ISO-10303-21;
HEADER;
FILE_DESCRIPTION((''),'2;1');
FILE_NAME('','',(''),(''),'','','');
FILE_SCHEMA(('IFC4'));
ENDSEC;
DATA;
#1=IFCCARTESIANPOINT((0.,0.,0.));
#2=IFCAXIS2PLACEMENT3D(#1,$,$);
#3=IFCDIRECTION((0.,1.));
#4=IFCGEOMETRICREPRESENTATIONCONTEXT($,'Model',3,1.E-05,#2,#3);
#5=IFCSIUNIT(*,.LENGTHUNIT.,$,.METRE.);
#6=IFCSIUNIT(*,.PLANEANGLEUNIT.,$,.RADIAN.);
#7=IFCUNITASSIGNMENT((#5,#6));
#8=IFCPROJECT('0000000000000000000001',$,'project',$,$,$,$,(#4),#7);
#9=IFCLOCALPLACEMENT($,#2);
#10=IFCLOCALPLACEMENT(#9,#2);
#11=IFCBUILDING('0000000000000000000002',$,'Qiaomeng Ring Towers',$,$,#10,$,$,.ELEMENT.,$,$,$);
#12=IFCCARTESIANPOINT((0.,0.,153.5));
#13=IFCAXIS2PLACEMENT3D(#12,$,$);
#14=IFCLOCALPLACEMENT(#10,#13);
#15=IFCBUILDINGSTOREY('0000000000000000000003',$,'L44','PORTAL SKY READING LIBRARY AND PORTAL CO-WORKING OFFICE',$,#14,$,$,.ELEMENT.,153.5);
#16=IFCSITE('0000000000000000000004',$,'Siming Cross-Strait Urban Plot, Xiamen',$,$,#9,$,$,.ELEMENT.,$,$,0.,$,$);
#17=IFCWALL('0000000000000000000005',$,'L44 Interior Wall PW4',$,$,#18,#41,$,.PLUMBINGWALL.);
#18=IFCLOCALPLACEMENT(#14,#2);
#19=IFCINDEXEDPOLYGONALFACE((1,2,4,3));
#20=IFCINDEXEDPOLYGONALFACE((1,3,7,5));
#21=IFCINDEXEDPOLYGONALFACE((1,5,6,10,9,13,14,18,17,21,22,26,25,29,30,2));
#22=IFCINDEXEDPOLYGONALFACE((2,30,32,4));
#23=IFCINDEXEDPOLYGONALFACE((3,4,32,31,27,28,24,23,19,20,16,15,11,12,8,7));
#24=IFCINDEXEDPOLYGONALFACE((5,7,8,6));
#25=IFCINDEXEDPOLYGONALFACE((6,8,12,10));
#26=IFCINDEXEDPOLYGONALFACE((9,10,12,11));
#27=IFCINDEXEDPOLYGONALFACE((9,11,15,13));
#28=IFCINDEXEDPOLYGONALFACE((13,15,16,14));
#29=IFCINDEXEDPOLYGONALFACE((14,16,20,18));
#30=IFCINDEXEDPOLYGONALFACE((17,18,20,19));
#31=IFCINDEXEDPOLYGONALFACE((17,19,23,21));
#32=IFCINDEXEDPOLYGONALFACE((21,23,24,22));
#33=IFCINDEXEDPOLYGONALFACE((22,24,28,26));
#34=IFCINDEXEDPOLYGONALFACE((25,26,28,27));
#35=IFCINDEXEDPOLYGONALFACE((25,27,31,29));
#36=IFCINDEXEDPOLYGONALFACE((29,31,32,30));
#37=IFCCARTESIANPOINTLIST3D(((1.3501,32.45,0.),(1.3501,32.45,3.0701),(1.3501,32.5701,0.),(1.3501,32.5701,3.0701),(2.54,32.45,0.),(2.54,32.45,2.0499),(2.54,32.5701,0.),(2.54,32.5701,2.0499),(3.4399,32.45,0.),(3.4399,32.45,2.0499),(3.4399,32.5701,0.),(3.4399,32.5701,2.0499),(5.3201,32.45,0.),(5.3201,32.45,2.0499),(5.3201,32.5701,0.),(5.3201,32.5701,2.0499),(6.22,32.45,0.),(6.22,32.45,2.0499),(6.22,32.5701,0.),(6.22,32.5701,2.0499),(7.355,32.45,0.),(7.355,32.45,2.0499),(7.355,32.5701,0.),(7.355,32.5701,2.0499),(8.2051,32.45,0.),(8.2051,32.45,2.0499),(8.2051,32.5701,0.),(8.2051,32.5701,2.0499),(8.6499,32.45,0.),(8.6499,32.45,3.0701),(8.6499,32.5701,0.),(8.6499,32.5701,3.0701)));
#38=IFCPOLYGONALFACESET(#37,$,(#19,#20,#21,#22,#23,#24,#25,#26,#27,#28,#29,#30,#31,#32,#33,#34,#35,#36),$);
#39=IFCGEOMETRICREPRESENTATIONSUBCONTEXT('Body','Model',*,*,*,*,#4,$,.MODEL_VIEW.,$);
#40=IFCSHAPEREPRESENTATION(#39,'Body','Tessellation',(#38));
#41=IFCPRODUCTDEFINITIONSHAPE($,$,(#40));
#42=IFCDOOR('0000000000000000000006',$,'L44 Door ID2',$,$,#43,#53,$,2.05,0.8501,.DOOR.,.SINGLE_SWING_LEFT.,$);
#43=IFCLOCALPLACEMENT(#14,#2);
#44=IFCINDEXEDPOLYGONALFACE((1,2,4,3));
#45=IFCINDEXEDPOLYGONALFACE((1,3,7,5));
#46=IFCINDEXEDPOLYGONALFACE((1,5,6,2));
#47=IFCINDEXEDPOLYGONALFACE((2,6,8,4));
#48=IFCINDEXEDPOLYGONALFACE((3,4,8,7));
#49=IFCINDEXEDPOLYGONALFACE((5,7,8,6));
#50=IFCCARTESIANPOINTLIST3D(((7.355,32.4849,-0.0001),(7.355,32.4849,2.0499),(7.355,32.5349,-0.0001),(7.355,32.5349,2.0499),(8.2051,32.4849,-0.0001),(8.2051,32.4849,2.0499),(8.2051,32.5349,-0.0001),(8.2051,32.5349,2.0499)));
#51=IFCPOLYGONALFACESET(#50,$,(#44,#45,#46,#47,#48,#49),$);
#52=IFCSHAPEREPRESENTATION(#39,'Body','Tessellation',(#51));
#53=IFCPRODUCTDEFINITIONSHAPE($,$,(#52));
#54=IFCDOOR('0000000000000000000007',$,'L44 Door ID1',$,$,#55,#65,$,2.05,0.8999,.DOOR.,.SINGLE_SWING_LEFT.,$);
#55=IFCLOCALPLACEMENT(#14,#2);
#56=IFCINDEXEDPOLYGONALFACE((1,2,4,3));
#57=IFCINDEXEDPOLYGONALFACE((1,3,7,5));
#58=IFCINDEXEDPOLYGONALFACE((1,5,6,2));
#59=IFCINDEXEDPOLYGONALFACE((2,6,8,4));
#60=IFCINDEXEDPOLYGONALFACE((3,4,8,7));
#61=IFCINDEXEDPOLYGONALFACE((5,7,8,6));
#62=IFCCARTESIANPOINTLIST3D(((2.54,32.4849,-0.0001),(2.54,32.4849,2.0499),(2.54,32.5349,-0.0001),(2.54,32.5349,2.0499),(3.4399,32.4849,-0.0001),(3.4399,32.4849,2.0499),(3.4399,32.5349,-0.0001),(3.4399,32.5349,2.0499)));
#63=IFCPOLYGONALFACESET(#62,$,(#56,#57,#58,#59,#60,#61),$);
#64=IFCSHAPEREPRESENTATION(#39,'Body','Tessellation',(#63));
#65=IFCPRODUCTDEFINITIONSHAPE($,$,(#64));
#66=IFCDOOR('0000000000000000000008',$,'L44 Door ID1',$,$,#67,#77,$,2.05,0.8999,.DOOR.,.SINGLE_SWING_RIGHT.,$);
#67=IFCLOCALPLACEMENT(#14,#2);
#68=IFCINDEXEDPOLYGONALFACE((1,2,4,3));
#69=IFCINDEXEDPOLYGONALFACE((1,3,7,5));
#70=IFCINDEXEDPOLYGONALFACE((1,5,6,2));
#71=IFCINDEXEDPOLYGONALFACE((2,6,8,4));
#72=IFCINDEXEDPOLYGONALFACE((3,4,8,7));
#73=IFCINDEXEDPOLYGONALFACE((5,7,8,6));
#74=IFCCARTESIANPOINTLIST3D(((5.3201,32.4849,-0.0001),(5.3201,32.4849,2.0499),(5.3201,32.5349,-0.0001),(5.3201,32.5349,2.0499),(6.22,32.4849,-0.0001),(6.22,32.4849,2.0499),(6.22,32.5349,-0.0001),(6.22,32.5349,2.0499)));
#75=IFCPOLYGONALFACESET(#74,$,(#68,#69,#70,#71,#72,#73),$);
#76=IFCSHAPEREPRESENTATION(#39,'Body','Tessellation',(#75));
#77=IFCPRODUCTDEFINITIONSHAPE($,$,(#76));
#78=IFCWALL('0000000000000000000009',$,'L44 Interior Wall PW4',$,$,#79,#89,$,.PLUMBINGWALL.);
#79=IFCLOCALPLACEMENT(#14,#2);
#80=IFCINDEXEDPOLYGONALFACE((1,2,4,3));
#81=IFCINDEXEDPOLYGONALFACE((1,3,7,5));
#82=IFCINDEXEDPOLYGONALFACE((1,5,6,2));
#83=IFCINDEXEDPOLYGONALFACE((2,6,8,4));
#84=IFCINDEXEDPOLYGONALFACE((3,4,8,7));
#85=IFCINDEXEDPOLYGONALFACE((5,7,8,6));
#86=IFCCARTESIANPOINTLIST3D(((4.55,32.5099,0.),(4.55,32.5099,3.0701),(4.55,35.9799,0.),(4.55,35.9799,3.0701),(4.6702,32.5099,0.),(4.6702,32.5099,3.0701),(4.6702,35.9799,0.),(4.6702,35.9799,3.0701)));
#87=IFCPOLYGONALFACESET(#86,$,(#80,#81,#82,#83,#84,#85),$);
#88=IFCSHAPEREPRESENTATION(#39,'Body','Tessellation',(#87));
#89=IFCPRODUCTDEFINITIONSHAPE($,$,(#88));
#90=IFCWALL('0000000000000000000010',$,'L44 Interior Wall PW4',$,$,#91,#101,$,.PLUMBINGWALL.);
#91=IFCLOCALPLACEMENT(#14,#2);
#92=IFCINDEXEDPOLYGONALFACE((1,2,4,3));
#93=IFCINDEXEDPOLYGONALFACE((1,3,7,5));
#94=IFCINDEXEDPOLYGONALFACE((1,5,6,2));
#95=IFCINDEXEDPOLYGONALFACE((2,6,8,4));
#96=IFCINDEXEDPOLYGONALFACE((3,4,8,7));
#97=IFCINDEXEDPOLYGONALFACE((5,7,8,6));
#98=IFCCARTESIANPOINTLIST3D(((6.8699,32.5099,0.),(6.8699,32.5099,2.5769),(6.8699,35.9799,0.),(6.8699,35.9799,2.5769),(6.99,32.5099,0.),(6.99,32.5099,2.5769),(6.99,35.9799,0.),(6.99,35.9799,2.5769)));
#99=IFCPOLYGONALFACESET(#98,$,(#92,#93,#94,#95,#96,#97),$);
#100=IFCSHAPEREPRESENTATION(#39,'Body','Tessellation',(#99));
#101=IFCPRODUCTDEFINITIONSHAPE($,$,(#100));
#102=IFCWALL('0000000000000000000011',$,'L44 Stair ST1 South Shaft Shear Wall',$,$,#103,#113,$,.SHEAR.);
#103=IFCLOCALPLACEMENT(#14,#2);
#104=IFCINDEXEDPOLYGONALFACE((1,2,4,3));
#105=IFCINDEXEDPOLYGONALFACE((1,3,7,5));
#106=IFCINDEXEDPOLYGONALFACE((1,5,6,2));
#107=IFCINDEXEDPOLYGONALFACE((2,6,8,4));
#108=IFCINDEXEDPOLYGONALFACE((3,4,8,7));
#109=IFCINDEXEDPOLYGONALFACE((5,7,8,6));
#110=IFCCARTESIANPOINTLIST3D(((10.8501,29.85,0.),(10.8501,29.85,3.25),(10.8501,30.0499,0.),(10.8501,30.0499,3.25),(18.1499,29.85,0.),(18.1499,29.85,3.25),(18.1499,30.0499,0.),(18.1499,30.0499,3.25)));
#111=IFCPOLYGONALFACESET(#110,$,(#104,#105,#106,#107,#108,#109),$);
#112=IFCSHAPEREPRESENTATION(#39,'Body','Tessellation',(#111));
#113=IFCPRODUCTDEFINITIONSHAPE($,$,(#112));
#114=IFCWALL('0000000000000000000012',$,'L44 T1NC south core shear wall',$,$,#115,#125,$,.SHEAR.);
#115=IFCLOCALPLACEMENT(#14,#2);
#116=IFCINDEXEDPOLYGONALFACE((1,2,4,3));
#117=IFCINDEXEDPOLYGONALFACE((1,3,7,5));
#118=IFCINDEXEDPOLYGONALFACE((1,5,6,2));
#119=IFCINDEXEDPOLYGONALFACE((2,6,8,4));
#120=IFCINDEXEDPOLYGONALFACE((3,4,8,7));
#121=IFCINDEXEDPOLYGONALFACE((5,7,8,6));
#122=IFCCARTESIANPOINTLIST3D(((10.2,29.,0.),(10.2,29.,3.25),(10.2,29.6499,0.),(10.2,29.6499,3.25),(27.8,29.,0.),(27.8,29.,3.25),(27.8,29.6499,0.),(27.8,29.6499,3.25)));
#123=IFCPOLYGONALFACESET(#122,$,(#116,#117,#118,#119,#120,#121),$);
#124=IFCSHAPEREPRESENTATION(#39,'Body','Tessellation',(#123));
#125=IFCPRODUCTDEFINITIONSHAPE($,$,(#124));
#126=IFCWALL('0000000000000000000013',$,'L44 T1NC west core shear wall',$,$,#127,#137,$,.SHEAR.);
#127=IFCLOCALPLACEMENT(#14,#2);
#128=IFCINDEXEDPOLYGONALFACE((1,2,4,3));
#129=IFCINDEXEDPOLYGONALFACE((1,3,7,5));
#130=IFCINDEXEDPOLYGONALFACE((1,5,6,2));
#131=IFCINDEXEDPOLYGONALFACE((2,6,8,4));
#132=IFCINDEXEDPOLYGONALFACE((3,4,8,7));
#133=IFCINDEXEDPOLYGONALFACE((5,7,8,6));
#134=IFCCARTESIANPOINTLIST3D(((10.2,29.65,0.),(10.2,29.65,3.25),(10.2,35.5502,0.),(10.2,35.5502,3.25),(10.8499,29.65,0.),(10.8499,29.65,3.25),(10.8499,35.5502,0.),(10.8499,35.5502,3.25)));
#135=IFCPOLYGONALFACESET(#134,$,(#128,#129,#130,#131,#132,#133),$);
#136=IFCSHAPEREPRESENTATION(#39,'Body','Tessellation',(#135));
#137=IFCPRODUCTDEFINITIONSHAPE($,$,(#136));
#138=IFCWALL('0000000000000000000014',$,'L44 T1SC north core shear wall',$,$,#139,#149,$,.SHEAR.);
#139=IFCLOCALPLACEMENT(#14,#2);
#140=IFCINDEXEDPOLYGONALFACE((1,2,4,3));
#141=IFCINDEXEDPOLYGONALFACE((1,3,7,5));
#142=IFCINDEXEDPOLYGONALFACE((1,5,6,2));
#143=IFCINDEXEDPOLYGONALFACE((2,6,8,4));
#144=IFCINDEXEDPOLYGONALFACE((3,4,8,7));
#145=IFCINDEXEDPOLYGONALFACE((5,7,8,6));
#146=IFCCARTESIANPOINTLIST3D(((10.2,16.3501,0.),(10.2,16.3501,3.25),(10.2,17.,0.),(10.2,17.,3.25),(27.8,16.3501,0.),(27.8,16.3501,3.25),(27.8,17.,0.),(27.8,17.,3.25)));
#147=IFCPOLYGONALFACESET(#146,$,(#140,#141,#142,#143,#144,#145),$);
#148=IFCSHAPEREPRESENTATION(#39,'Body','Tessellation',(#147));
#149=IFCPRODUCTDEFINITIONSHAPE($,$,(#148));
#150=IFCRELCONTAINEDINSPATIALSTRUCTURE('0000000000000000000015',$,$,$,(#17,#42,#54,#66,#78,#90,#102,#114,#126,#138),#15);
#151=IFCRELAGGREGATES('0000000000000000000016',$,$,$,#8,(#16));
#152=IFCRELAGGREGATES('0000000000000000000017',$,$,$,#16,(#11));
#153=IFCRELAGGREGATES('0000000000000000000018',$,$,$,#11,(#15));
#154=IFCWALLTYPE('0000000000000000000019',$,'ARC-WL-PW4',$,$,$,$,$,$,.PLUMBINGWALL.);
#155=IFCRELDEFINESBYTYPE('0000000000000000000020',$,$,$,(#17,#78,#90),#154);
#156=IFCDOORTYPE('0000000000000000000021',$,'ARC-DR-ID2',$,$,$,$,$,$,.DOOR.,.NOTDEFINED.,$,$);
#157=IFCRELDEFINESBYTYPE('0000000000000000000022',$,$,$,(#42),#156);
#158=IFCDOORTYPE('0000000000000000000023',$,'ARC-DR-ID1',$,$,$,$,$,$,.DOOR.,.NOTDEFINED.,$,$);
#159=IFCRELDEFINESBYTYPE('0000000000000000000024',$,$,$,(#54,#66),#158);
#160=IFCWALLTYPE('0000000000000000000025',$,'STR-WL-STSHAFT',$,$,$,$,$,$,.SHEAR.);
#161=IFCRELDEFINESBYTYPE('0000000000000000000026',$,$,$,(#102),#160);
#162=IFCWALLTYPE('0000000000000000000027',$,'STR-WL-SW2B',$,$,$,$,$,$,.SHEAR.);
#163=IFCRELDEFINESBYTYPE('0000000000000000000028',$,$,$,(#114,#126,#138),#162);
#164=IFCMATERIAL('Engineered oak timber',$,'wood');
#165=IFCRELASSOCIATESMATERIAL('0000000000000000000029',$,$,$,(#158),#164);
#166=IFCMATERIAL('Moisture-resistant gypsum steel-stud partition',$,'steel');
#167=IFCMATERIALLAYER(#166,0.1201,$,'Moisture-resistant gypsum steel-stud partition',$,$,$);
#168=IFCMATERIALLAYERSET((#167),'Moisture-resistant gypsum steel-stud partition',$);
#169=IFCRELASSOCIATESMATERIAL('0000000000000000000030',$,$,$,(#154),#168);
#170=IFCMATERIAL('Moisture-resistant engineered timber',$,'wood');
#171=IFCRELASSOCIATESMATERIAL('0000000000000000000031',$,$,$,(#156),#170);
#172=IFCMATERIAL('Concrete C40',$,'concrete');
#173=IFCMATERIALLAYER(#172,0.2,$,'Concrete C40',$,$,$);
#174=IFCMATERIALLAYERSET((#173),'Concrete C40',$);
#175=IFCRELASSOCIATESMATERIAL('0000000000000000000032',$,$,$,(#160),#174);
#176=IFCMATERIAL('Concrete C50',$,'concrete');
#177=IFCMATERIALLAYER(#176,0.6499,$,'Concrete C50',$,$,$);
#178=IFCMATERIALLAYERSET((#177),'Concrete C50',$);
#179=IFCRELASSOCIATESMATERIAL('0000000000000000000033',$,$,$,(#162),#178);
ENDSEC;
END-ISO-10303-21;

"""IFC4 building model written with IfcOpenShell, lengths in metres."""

from ifc_helpers import new_model, si_unit, direction, frame, frame_2d, origin, place, context, subcontext, project, spatial, rectangle, extrude, source, transform, mapped, material, layer, layer_set, type_object, element, fill, save


model = new_model("IFC4")

# Units and contexts
model_context = context("Model", 3, precision=1e-05, world=origin(), true_north=direction((0.0, 1.0)))
body_context = subcontext(model_context, "Body", "Model", "MODEL_VIEW")
ifc_project = project(units=[si_unit("LENGTHUNIT", "METRE"), si_unit("PLANEANGLEUNIT", "RADIAN")], contexts=[model_context])

# Site, building, storey
site_placement = place(None, origin())
site = spatial("IfcSite", under=ifc_project, at=site_placement, Name="Siming Cross-Strait Urban Plot, Xiamen", CompositionType="ELEMENT", RefElevation=0.0)
building_placement = place(site_placement, origin())
building = spatial("IfcBuilding", under=site, at=building_placement, Name="Qiaomeng Ring Towers", CompositionType="ELEMENT")
storey_placement = place(building_placement, frame((0.0, 0.0, 153.5)))
storey = spatial("IfcBuildingStorey", under=building, at=storey_placement, Name="L44", Description="PORTAL SKY READING LIBRARY AND PORTAL CO-WORKING OFFICE", CompositionType="ELEMENT", Elevation=153.5)

# Wall, openings, doors
ifc_material_1 = material(Name="Engineered oak timber", Category="wood")
door_type_1 = type_object("IfcDoorType", Name="ARC-DR-ID1", OperationType="NOTDEFINED", PredefinedType="DOOR", material=ifc_material_1)
shared_shape_1 = source(origin(), body_context, "Body", "SweptSolid", [
    extrude(rectangle(XDim=0.8999, YDim=2.05, at=frame_2d((0.45, 1.0249))), frame((0.0, 0.0249, 0.0), z_axis=(0.0, -1.0, 0.0), x_axis=(1.0, 0.0, 0.0)), (0.0, 0.0, 1.0), 0.05),
])
ifc_material_2 = material(Name="Moisture-resistant gypsum steel-stud partition", Category="steel")
ifc_layer_1 = layer(ifc_material_2, 0.1201, Name="Moisture-resistant gypsum steel-stud partition")
ifc_layer_set_1 = layer_set([ifc_layer_1], Name="Moisture-resistant gypsum steel-stud partition")
wall_type_1 = type_object("IfcWallType", Name="ARC-WL-PW4", PredefinedType="PLUMBINGWALL", material=ifc_layer_set_1)
wall_1_placement = place(storey_placement, frame((1.3501, 32.51, 0.0), z_axis=(0.0, 0.0, 1.0), x_axis=(1.0, 0.0, 0.0)))
wall_1 = element("IfcWall", 1, at=wall_1_placement, inside=storey, type_object=wall_type_1, Name="L44 Interior Wall PW4", PredefinedType="PLUMBINGWALL", context=body_context, shape_type="SweptSolid", body=[
    extrude(rectangle(XDim=7.2998, YDim=0.1201, at=frame_2d((3.6499, 0.0))), origin(), (0.0, 0.0, 1.0), 3.0701),
])
opening_1_placement = place(wall_1_placement, frame((1.1899, 0.0, 0.0)))
opening_1 = element("IfcOpeningElement", 2, at=opening_1_placement, cuts=wall_1, PredefinedType="OPENING", context=body_context, shape_type="SweptSolid", body=[
    extrude(rectangle(XDim=0.8999, YDim=2.05, at=frame_2d((0.45, 1.0249))), frame((0.0, 0.0701, 0.0), z_axis=(0.0, -1.0, 0.0), x_axis=(1.0, 0.0, 0.0)), (0.0, 0.0, 1.0), 0.1401),
])
opening_2_placement = place(wall_1_placement, frame((3.97, 0.0, 0.0)))
opening_2 = element("IfcOpeningElement", 3, at=opening_2_placement, cuts=wall_1, PredefinedType="OPENING", context=body_context, shape_type="SweptSolid", body=[
    extrude(rectangle(XDim=0.8999, YDim=2.05, at=frame_2d((0.45, 1.0249))), frame((0.0, 0.0701, 0.0), z_axis=(0.0, -1.0, 0.0), x_axis=(1.0, 0.0, 0.0)), (0.0, 0.0, 1.0), 0.1401),
])
opening_3_placement = place(wall_1_placement, frame((6.0049, 0.0, 0.0)))
opening_3 = element("IfcOpeningElement", 4, at=opening_3_placement, cuts=wall_1, PredefinedType="OPENING", context=body_context, shape_type="SweptSolid", body=[
    extrude(rectangle(XDim=0.8501, YDim=2.05, at=frame_2d((0.425, 1.0249))), frame((0.0, 0.0701, 0.0), z_axis=(0.0, -1.0, 0.0), x_axis=(1.0, 0.0, 0.0)), (0.0, 0.0, 1.0), 0.1401),
])
ifc_material_3 = material(Name="Moisture-resistant engineered timber", Category="wood")
door_type_2 = type_object("IfcDoorType", Name="ARC-DR-ID2", OperationType="NOTDEFINED", PredefinedType="DOOR", material=ifc_material_3)
shared_shape_2 = source(origin(), body_context, "Body", "SweptSolid", [
    extrude(rectangle(XDim=0.8501, YDim=2.05, at=frame_2d((0.425, 1.0249))), frame((0.0, 0.0249, 0.0), z_axis=(0.0, -1.0, 0.0), x_axis=(1.0, 0.0, 0.0)), (0.0, 0.0, 1.0), 0.05),
])
door_1_placement = place(opening_3_placement, origin())
door_1 = element("IfcDoor", 5, at=door_1_placement, inside=storey, type_object=door_type_2, Name="L44 Door ID2", OperationType="SINGLE_SWING_LEFT", OverallHeight=2.05, OverallWidth=0.8501, PredefinedType="DOOR", context=body_context, shape_type="MappedRepresentation", body=[
    mapped(shared_shape_2, transform((0.0, 0.0, 0.0), x_axis=(1.0, 0.0, 0.0), y_axis=(0.0, 1.0, 0.0), z_axis=(0.0, 0.0, 1.0), scale=1.0)),
])
fill(opening_3, door_1)
door_2_placement = place(opening_1_placement, origin())
door_2 = element("IfcDoor", 6, at=door_2_placement, inside=storey, type_object=door_type_1, Name="L44 Door ID1", OperationType="SINGLE_SWING_LEFT", OverallHeight=2.05, OverallWidth=0.8999, PredefinedType="DOOR", context=body_context, shape_type="MappedRepresentation", body=[
    mapped(shared_shape_1, transform((0.0, 0.0, 0.0), x_axis=(1.0, 0.0, 0.0), y_axis=(0.0, 1.0, 0.0), z_axis=(0.0, 0.0, 1.0), scale=1.0)),
])
fill(opening_1, door_2)
door_3_placement = place(opening_2_placement, origin())
door_3 = element("IfcDoor", 7, at=door_3_placement, inside=storey, type_object=door_type_1, Name="L44 Door ID1", OperationType="SINGLE_SWING_RIGHT", OverallHeight=2.05, OverallWidth=0.8999, PredefinedType="DOOR", context=body_context, shape_type="MappedRepresentation", body=[
    mapped(shared_shape_1, transform((0.0, 0.0, 0.0), x_axis=(1.0, 0.0, 0.0), y_axis=(0.0, 1.0, 0.0), z_axis=(0.0, 0.0, 1.0), scale=1.0)),
])
fill(opening_2, door_3)

# Walls
wall_2_placement = place(storey_placement, frame((4.6101, 32.51, 0.0), z_axis=(0.0, 0.0, 1.0), x_axis=(0.0, 1.0, 0.0)))
element("IfcWall", 8, at=wall_2_placement, inside=storey, type_object=wall_type_1, Name="L44 Interior Wall PW4", PredefinedType="PLUMBINGWALL", context=body_context, shape_type="SweptSolid", body=[
    extrude(rectangle(XDim=3.47, YDim=0.1201, at=frame_2d((1.7349, 0.0))), origin(), (0.0, 0.0, 1.0), 3.0701),
])
wall_3_placement = place(storey_placement, frame((6.9299, 32.51, 0.0), z_axis=(0.0, 0.0, 1.0), x_axis=(0.0, 1.0, 0.0)))
element("IfcWall", 9, at=wall_3_placement, inside=storey, type_object=wall_type_1, Name="L44 Interior Wall PW4", PredefinedType="PLUMBINGWALL", context=body_context, shape_type="SweptSolid", body=[
    extrude(rectangle(XDim=3.47, YDim=0.1201, at=frame_2d((1.7349, 0.0))), origin(), (0.0, 0.0, 1.0), 2.5769),
])
ifc_material_4 = material(Name="Concrete C40", Category="concrete")
ifc_layer_2 = layer(ifc_material_4, 0.2, Name="Concrete C40")
ifc_layer_set_2 = layer_set([ifc_layer_2], Name="Concrete C40")
wall_type_2 = type_object("IfcWallType", Name="STR-WL-STSHAFT", PredefinedType="SHEAR", material=ifc_layer_set_2)
wall_4_placement = place(storey_placement, frame((10.8501, 29.95, 0.0), z_axis=(0.0, 0.0, 1.0), x_axis=(1.0, 0.0, 0.0)))
element("IfcWall", 10, at=wall_4_placement, inside=storey, type_object=wall_type_2, Name="L44 Stair ST1 South Shaft Shear Wall", PredefinedType="SHEAR", context=body_context, shape_type="SweptSolid", body=[
    extrude(rectangle(XDim=7.2998, YDim=0.2, at=frame_2d((3.6499, 0.0))), origin(), (0.0, 0.0, 1.0), 3.25),
])
ifc_material_5 = material(Name="Concrete C50", Category="concrete")
ifc_layer_3 = layer(ifc_material_5, 0.6499, Name="Concrete C50")
ifc_layer_set_3 = layer_set([ifc_layer_3], Name="Concrete C50")
wall_type_3 = type_object("IfcWallType", Name="STR-WL-SW2B", PredefinedType="SHEAR", material=ifc_layer_set_3)
wall_5_placement = place(storey_placement, frame((10.2, 29.325, 0.0), z_axis=(0.0, 0.0, 1.0), x_axis=(1.0, 0.0, 0.0)))
element("IfcWall", 11, at=wall_5_placement, inside=storey, type_object=wall_type_3, Name="L44 T1NC south core shear wall", PredefinedType="SHEAR", context=body_context, shape_type="SweptSolid", body=[
    extrude(rectangle(XDim=17.6001, YDim=0.6499, at=frame_2d((8.8, 0.0))), origin(), (0.0, 0.0, 1.0), 3.25),
])
wall_6_placement = place(storey_placement, frame((10.5249, 29.6499, 0.0), z_axis=(0.0, 0.0, 1.0), x_axis=(0.0, 1.0, 0.0)))
element("IfcWall", 12, at=wall_6_placement, inside=storey, type_object=wall_type_3, Name="L44 T1NC west core shear wall", PredefinedType="SHEAR", context=body_context, shape_type="SweptSolid", body=[
    extrude(rectangle(XDim=5.9001, YDim=0.6499, at=frame_2d((2.9502, 0.0))), origin(), (0.0, 0.0, 1.0), 3.25),
])
wall_7_placement = place(storey_placement, frame((10.2, 16.675, 0.0), z_axis=(0.0, 0.0, 1.0), x_axis=(1.0, 0.0, 0.0)))
element("IfcWall", 13, at=wall_7_placement, inside=storey, type_object=wall_type_3, Name="L44 T1SC north core shear wall", PredefinedType="SHEAR", context=body_context, shape_type="SweptSolid", body=[
    extrude(rectangle(XDim=17.6001, YDim=0.6499, at=frame_2d((8.8, 0.0))), origin(), (0.0, 0.0, 1.0), 3.25),
])

save(model, "model.ifc")
